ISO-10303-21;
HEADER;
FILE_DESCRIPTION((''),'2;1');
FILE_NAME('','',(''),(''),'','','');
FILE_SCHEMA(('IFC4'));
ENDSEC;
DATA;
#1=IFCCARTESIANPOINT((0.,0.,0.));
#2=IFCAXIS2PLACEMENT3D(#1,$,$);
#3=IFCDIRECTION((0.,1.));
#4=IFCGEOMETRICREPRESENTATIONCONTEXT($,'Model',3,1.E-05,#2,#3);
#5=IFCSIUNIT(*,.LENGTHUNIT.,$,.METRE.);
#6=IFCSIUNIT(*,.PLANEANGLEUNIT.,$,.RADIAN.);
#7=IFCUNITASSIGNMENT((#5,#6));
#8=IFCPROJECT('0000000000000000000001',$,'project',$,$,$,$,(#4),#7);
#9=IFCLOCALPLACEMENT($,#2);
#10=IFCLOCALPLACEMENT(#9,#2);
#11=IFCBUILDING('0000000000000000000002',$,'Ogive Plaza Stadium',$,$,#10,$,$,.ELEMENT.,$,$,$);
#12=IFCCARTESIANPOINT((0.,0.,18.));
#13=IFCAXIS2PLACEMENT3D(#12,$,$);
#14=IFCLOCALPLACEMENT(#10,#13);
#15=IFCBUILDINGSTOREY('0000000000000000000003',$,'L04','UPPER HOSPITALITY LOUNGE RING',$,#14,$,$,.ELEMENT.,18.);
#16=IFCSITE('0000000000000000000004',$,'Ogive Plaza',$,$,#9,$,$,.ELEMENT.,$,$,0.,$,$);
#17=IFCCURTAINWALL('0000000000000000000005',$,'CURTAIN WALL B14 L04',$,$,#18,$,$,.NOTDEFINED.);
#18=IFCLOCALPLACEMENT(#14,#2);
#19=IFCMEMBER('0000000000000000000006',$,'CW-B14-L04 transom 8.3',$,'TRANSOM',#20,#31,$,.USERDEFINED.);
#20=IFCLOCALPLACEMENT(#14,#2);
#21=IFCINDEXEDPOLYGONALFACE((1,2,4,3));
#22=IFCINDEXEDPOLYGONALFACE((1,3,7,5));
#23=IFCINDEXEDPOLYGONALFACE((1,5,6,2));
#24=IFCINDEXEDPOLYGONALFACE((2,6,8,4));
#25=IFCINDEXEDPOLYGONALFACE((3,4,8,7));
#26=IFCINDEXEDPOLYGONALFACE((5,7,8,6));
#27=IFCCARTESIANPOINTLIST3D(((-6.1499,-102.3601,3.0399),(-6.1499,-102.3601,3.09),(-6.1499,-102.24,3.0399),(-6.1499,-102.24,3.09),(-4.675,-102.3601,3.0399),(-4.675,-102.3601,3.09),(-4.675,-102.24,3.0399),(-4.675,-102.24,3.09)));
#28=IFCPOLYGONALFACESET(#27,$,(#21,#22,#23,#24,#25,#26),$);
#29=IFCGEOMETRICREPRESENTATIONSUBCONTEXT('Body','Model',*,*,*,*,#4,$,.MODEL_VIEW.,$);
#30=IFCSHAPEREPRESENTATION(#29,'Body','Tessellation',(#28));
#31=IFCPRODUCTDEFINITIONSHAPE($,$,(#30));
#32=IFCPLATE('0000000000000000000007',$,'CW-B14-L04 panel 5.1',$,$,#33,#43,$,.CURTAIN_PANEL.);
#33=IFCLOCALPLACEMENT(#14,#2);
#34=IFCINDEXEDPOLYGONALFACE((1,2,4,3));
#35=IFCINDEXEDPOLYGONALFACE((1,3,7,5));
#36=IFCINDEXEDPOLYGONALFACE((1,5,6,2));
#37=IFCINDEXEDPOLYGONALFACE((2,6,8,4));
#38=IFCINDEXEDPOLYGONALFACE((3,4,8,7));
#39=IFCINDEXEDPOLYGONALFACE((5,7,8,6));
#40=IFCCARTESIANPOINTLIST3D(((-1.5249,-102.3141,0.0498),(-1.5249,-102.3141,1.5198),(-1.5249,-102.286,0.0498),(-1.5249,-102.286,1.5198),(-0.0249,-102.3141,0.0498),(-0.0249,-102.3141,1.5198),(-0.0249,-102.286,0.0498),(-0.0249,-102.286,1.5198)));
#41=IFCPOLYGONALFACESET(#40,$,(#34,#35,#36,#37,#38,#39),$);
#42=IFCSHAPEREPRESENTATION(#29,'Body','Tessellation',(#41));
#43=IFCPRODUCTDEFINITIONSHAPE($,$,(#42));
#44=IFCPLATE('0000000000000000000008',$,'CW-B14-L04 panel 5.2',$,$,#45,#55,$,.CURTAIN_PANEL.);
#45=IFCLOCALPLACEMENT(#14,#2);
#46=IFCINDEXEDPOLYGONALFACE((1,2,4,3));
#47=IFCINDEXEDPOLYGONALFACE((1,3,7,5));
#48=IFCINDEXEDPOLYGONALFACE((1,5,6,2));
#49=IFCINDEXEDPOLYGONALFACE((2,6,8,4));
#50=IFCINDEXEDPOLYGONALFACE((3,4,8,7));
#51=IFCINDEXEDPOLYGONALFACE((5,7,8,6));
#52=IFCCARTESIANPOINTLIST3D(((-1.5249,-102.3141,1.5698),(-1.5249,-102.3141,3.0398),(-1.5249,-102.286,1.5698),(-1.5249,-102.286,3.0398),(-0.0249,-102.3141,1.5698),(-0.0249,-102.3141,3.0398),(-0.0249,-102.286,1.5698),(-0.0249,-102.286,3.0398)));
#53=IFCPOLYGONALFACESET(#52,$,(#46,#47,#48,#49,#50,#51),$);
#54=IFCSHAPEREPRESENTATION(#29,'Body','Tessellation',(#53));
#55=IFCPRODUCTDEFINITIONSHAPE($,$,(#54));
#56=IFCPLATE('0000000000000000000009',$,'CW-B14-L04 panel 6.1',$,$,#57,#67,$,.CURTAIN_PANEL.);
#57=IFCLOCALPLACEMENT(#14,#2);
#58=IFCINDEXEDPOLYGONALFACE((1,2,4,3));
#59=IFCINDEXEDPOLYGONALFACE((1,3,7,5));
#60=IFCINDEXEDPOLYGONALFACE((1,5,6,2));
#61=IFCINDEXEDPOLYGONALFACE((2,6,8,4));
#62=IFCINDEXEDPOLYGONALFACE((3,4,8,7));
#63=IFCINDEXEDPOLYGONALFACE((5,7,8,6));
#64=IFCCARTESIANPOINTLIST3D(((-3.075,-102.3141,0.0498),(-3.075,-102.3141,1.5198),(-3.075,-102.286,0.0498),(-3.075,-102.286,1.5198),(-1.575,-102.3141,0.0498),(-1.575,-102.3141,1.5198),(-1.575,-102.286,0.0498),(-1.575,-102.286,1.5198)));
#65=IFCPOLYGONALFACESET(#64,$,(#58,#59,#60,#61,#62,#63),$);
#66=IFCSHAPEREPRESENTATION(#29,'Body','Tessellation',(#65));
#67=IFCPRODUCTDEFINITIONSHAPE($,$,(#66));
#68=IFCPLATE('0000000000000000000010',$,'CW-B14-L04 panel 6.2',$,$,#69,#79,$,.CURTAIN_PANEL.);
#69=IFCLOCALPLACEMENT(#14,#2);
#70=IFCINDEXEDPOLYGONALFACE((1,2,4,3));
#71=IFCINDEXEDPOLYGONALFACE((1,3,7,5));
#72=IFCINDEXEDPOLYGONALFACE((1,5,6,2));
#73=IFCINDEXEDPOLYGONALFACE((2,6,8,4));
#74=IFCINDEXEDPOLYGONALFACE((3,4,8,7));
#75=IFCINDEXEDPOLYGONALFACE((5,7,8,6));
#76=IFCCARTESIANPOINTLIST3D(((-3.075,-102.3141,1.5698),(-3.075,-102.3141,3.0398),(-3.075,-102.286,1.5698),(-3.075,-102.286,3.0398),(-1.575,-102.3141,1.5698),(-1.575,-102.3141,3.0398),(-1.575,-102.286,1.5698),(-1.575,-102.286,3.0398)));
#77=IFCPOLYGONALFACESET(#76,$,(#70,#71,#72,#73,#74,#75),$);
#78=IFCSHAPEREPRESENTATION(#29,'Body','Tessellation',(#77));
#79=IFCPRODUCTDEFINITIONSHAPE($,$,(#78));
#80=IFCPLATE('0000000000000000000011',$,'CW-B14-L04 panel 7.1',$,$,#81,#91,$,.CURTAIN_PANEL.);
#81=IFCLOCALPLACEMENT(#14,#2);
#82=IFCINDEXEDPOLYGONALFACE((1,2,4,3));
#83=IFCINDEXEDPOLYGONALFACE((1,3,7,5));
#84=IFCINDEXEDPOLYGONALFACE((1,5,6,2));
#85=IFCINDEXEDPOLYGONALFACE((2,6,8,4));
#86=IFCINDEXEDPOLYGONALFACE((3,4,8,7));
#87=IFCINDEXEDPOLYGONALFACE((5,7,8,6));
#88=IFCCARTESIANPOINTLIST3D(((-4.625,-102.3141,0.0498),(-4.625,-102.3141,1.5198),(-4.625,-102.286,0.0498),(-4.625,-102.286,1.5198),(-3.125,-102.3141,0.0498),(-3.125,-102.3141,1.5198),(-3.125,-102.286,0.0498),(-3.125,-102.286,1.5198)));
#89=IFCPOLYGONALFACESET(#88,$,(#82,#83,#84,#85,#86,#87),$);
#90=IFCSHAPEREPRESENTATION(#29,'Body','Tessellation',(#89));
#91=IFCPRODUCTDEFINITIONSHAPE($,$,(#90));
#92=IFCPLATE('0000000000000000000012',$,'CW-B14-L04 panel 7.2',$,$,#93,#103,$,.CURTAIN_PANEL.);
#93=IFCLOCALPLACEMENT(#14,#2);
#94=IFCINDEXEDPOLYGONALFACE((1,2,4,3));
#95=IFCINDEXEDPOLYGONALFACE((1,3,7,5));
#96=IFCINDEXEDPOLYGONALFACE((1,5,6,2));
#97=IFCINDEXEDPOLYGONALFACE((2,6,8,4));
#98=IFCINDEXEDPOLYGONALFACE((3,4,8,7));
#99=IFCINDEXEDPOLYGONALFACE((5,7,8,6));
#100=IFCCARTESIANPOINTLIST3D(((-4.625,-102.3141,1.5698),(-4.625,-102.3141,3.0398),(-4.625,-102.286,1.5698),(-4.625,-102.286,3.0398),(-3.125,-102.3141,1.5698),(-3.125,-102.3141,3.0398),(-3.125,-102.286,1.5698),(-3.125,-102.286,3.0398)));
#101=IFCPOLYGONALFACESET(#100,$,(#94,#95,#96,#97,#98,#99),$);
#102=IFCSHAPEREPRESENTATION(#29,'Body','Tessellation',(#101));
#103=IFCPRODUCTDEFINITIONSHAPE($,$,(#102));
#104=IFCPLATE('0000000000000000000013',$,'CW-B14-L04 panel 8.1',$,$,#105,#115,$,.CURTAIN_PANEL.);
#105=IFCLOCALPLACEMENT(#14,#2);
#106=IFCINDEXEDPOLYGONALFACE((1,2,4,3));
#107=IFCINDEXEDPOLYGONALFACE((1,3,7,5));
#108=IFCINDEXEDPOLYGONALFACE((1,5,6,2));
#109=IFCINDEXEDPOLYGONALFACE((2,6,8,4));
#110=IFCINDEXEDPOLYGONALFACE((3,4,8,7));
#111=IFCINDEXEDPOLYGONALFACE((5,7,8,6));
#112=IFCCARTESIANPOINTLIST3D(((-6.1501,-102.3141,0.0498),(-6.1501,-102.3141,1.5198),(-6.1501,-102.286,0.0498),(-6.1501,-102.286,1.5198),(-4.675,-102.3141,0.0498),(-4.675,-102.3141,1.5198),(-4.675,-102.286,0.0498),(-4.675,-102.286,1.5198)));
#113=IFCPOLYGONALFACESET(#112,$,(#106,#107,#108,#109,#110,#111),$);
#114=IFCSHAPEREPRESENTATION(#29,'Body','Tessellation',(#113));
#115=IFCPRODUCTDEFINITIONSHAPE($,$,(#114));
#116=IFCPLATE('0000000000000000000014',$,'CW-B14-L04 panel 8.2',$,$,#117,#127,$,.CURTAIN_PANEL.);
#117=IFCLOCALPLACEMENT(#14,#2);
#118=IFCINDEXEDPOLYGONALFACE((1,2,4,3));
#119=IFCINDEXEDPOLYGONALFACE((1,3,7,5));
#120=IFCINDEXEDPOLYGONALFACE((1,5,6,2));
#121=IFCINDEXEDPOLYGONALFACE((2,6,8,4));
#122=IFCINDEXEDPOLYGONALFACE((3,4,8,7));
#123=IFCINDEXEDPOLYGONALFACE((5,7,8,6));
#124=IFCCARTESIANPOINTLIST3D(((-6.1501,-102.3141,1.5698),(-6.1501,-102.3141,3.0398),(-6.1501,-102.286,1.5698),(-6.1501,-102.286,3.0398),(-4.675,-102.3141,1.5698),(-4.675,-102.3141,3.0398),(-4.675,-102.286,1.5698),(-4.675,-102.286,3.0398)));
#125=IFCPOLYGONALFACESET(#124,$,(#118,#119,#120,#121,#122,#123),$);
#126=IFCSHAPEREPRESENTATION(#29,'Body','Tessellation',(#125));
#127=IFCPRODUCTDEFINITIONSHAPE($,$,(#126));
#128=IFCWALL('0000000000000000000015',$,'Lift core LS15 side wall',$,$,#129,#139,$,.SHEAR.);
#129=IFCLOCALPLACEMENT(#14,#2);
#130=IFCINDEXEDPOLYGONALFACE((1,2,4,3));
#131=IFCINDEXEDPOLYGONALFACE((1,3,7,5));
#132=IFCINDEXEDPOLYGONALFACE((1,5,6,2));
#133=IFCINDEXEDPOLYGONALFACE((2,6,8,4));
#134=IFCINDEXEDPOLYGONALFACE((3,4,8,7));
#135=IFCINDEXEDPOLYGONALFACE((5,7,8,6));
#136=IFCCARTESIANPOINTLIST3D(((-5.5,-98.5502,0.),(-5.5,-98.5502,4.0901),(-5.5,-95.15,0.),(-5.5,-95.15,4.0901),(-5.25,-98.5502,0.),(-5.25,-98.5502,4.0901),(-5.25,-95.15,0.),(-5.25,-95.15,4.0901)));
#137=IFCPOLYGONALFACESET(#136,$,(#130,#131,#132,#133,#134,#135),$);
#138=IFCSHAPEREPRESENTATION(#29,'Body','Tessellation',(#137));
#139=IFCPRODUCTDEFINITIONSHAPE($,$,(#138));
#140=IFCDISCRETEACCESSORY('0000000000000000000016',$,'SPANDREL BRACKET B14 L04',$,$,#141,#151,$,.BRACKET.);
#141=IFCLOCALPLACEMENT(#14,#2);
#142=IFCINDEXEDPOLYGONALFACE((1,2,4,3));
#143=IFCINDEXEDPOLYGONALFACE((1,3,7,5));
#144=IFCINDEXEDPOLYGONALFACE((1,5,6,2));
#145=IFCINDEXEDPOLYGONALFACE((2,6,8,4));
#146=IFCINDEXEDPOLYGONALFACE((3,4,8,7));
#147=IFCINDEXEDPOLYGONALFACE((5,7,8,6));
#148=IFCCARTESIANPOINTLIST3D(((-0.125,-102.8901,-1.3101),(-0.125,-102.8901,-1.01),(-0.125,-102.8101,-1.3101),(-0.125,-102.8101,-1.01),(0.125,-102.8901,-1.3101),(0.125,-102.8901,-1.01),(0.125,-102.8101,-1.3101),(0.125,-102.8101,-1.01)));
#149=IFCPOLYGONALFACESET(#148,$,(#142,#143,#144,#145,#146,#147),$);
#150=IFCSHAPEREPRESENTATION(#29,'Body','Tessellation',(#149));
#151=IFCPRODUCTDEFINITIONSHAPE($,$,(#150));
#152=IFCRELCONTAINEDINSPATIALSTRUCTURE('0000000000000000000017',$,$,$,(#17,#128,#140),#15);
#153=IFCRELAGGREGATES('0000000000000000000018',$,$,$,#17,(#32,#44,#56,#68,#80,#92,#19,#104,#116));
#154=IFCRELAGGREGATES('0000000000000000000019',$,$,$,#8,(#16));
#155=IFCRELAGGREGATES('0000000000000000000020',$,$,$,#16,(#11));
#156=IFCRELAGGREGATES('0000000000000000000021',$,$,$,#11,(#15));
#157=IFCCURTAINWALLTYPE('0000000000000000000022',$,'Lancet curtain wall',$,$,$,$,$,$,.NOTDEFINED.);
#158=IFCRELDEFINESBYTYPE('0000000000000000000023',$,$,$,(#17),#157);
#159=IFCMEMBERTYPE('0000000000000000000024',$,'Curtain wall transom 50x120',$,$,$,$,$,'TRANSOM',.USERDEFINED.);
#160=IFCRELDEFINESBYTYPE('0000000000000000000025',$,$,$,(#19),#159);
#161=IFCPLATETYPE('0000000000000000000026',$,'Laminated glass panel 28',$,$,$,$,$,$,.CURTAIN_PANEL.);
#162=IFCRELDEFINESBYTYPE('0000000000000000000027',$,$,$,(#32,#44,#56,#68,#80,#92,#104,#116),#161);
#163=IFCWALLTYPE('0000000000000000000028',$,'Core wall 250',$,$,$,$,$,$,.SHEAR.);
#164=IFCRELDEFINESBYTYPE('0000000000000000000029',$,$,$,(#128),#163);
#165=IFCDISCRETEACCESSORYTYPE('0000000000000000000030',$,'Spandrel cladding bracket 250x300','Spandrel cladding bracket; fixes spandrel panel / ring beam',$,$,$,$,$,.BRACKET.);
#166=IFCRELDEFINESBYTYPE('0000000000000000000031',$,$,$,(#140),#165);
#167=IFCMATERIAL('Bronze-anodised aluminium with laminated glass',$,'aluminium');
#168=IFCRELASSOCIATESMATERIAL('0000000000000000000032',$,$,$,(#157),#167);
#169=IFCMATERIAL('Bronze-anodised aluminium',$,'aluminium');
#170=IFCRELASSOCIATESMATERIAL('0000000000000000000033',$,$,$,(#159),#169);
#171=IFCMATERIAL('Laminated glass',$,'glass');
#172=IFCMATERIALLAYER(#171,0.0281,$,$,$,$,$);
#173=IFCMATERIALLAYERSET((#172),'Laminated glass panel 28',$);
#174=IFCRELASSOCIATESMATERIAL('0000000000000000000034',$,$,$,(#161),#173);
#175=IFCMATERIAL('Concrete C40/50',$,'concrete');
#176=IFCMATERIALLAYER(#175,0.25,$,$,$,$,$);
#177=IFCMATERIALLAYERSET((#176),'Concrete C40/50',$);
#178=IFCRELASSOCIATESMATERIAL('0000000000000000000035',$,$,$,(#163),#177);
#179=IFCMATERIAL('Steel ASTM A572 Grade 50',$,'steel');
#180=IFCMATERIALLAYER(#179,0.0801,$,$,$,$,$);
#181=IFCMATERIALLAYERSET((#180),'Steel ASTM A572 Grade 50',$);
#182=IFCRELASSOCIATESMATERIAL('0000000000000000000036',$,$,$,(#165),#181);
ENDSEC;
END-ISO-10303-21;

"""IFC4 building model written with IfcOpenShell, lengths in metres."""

from ifc_helpers import new_model, si_unit, direction, frame, frame_2d, origin, origin_2d, place, context, subcontext, project, spatial, rectangle, extrude, material, layer, layer_set, material_profile, profile_set, type_object, element, aggregate, save


model = new_model("IFC4")

# Units and contexts
model_context = context("Model", 3, precision=1e-05, world=origin(), true_north=direction((0.0, 1.0)))
body_context = subcontext(model_context, "Body", "Model", "MODEL_VIEW")
ifc_project = project(units=[si_unit("LENGTHUNIT", "METRE"), si_unit("PLANEANGLEUNIT", "RADIAN")], contexts=[model_context])

# Site, building, storey
site_placement = place(None, origin())
site = spatial("IfcSite", under=ifc_project, at=site_placement, Name="Ogive Plaza", CompositionType="ELEMENT", RefElevation=0.0)
building_placement = place(site_placement, origin())
building = spatial("IfcBuilding", under=site, at=building_placement, Name="Ogive Plaza Stadium", CompositionType="ELEMENT")
storey_placement = place(building_placement, frame((0.0, 0.0, 18.0)))
storey = spatial("IfcBuildingStorey", under=building, at=storey_placement, Name="L04", Description="UPPER HOSPITALITY LOUNGE RING", CompositionType="ELEMENT", Elevation=18.0)

# Curtain wall, member, plates
ifc_material_1 = material(Name="Bronze-anodised aluminium with laminated glass", Category="aluminium")
curtain_wall_type = type_object("IfcCurtainWallType", Name="Lancet curtain wall", PredefinedType="NOTDEFINED", material=ifc_material_1)
curtain_wall_placement = place(storey_placement, origin())
curtain_wall = element("IfcCurtainWall", 1, at=curtain_wall_placement, inside=storey, type_object=curtain_wall_type, Name="CURTAIN WALL B14 L04", PredefinedType="NOTDEFINED")
ifc_material_2 = material(Name="Bronze-anodised aluminium", Category="aluminium")
ifc_material_profile_1 = material_profile(ifc_material_2, rectangle(XDim=0.1201, YDim=0.05, at=origin_2d()), Name="AL 120x50")
ifc_profile_set_1 = profile_set([ifc_material_profile_1], Name="Bronze-anodised aluminium")
member_type_1 = type_object("IfcMemberType", Name="Curtain wall transom 50x120", ElementType="TRANSOM", PredefinedType="USERDEFINED", material=ifc_profile_set_1)
member_1_placement = place(storey_placement, frame((-4.675, -102.3, 3.0649), z_axis=(-1.0, 0.0, 0.0), x_axis=(0.0, -1.0, 0.0)))
member_1 = element("IfcMember", 2, at=member_1_placement, type_object=member_type_1, Name="CW-B14-L04 transom 8.3", ObjectType="TRANSOM", PredefinedType="USERDEFINED", context=body_context, shape_type="SweptSolid", body=[
    extrude(rectangle(XDim=0.1201, YDim=0.05, at=origin_2d()), origin(), (0.0, 0.0, 1.0), 1.4749),
])
ifc_material_3 = material(Name="Laminated glass", Category="glass")
ifc_layer_1 = layer(ifc_material_3, 0.0281)
ifc_layer_set_1 = layer_set([ifc_layer_1], Name="Laminated glass panel 28")
plate_type = type_object("IfcPlateType", Name="Laminated glass panel 28", PredefinedType="CURTAIN_PANEL", material=ifc_layer_set_1)
plate_1_placement = place(storey_placement, frame((-0.7749, -102.3, 0.0498), z_axis=(0.0, 0.0, 1.0), x_axis=(-1.0, 0.0, 0.0)))
plate_1 = element("IfcPlate", 3, at=plate_1_placement, type_object=plate_type, Name="CW-B14-L04 panel 5.1", PredefinedType="CURTAIN_PANEL", context=body_context, shape_type="SweptSolid", body=[
    extrude(rectangle(XDim=1.5, YDim=0.0281, at=origin_2d()), origin(), (0.0, 0.0, 1.0), 1.47),
])
plate_2_placement = place(storey_placement, frame((-0.7749, -102.3, 1.5698), z_axis=(0.0, 0.0, 1.0), x_axis=(-1.0, 0.0, 0.0)))
plate_2 = element("IfcPlate", 4, at=plate_2_placement, type_object=plate_type, Name="CW-B14-L04 panel 5.2", PredefinedType="CURTAIN_PANEL", context=body_context, shape_type="SweptSolid", body=[
    extrude(rectangle(XDim=1.5, YDim=0.0281, at=origin_2d()), origin(), (0.0, 0.0, 1.0), 1.47),
])
plate_3_placement = place(storey_placement, frame((-2.325, -102.3, 0.0498), z_axis=(0.0, 0.0, 1.0), x_axis=(-1.0, 0.0, 0.0)))
plate_3 = element("IfcPlate", 5, at=plate_3_placement, type_object=plate_type, Name="CW-B14-L04 panel 6.1", PredefinedType="CURTAIN_PANEL", context=body_context, shape_type="SweptSolid", body=[
    extrude(rectangle(XDim=1.5, YDim=0.0281, at=origin_2d()), origin(), (0.0, 0.0, 1.0), 1.47),
])
plate_4_placement = place(storey_placement, frame((-2.325, -102.3, 1.5698), z_axis=(0.0, 0.0, 1.0), x_axis=(-1.0, 0.0, 0.0)))
plate_4 = element("IfcPlate", 6, at=plate_4_placement, type_object=plate_type, Name="CW-B14-L04 panel 6.2", PredefinedType="CURTAIN_PANEL", context=body_context, shape_type="SweptSolid", body=[
    extrude(rectangle(XDim=1.5, YDim=0.0281, at=origin_2d()), origin(), (0.0, 0.0, 1.0), 1.47),
])
plate_5_placement = place(storey_placement, frame((-3.875, -102.3, 0.0498), z_axis=(0.0, 0.0, 1.0), x_axis=(-1.0, 0.0, 0.0)))
plate_5 = element("IfcPlate", 7, at=plate_5_placement, type_object=plate_type, Name="CW-B14-L04 panel 7.1", PredefinedType="CURTAIN_PANEL", context=body_context, shape_type="SweptSolid", body=[
    extrude(rectangle(XDim=1.5, YDim=0.0281, at=origin_2d()), origin(), (0.0, 0.0, 1.0), 1.47),
])
plate_6_placement = place(storey_placement, frame((-3.875, -102.3, 1.5698), z_axis=(0.0, 0.0, 1.0), x_axis=(-1.0, 0.0, 0.0)))
plate_6 = element("IfcPlate", 8, at=plate_6_placement, type_object=plate_type, Name="CW-B14-L04 panel 7.2", PredefinedType="CURTAIN_PANEL", context=body_context, shape_type="SweptSolid", body=[
    extrude(rectangle(XDim=1.5, YDim=0.0281, at=origin_2d()), origin(), (0.0, 0.0, 1.0), 1.47),
])
plate_7_placement = place(storey_placement, frame((-5.4126, -102.3, 0.0498), z_axis=(0.0, 0.0, 1.0), x_axis=(-1.0, 0.0, 0.0)))
plate_7 = element("IfcPlate", 9, at=plate_7_placement, type_object=plate_type, Name="CW-B14-L04 panel 8.1", PredefinedType="CURTAIN_PANEL", context=body_context, shape_type="SweptSolid", body=[
    extrude(rectangle(XDim=1.4751, YDim=0.0281, at=origin_2d()), origin(), (0.0, 0.0, 1.0), 1.47),
])
plate_8_placement = place(storey_placement, frame((-5.4126, -102.3, 1.5698), z_axis=(0.0, 0.0, 1.0), x_axis=(-1.0, 0.0, 0.0)))
plate_8 = element("IfcPlate", 10, at=plate_8_placement, type_object=plate_type, Name="CW-B14-L04 panel 8.2", PredefinedType="CURTAIN_PANEL", context=body_context, shape_type="SweptSolid", body=[
    extrude(rectangle(XDim=1.4751, YDim=0.0281, at=origin_2d()), origin(), (0.0, 0.0, 1.0), 1.47),
])
aggregate(curtain_wall, [plate_1, plate_2, plate_3, plate_4, plate_5, plate_6, member_1, plate_7, plate_8])

# Wall
ifc_material_4 = material(Name="Concrete C40/50", Category="concrete")
ifc_layer_2 = layer(ifc_material_4, 0.25)
ifc_layer_set_2 = layer_set([ifc_layer_2], Name="Concrete C40/50")
wall_type = type_object("IfcWallType", Name="Core wall 250", PredefinedType="SHEAR", material=ifc_layer_set_2)
wall_placement = place(storey_placement, frame((-5.375, -95.1499, 0.0), z_axis=(0.0, 0.0, 1.0), x_axis=(0.0, -1.0, 0.0)))
element("IfcWall", 11, at=wall_placement, inside=storey, type_object=wall_type, Name="Lift core LS15 side wall", PredefinedType="SHEAR", context=body_context, shape_type="SweptSolid", body=[
    extrude(rectangle(XDim=3.4001, YDim=0.25, at=frame_2d((1.7002, 0.0))), origin(), (0.0, 0.0, 1.0), 4.0901),
])

# Discrete accessory
ifc_material_5 = material(Name="Steel ASTM A572 Grade 50", Category="steel")
ifc_layer_3 = layer(ifc_material_5, 0.0801)
ifc_layer_set_3 = layer_set([ifc_layer_3], Name="Steel ASTM A572 Grade 50")
discrete_accessory_type = type_object("IfcDiscreteAccessoryType", Name="Spandrel cladding bracket 250x300", Description="Spandrel cladding bracket; fixes spandrel panel / ring beam", PredefinedType="BRACKET", material=ifc_layer_set_3)
discrete_accessory_placement = place(storey_placement, frame((0.0, -102.8501, -1.3101), z_axis=(0.0, 0.0, 1.0), x_axis=(-1.0, 0.0, 0.0)))
element("IfcDiscreteAccessory", 12, at=discrete_accessory_placement, inside=storey, type_object=discrete_accessory_type, Name="SPANDREL BRACKET B14 L04", PredefinedType="BRACKET", context=body_context, shape_type="SweptSolid", body=[
    extrude(rectangle(XDim=0.25, YDim=0.0801, at=origin_2d()), origin(), (0.0, 0.0, 1.0), 0.3),
])

save(model, "model.ifc")
